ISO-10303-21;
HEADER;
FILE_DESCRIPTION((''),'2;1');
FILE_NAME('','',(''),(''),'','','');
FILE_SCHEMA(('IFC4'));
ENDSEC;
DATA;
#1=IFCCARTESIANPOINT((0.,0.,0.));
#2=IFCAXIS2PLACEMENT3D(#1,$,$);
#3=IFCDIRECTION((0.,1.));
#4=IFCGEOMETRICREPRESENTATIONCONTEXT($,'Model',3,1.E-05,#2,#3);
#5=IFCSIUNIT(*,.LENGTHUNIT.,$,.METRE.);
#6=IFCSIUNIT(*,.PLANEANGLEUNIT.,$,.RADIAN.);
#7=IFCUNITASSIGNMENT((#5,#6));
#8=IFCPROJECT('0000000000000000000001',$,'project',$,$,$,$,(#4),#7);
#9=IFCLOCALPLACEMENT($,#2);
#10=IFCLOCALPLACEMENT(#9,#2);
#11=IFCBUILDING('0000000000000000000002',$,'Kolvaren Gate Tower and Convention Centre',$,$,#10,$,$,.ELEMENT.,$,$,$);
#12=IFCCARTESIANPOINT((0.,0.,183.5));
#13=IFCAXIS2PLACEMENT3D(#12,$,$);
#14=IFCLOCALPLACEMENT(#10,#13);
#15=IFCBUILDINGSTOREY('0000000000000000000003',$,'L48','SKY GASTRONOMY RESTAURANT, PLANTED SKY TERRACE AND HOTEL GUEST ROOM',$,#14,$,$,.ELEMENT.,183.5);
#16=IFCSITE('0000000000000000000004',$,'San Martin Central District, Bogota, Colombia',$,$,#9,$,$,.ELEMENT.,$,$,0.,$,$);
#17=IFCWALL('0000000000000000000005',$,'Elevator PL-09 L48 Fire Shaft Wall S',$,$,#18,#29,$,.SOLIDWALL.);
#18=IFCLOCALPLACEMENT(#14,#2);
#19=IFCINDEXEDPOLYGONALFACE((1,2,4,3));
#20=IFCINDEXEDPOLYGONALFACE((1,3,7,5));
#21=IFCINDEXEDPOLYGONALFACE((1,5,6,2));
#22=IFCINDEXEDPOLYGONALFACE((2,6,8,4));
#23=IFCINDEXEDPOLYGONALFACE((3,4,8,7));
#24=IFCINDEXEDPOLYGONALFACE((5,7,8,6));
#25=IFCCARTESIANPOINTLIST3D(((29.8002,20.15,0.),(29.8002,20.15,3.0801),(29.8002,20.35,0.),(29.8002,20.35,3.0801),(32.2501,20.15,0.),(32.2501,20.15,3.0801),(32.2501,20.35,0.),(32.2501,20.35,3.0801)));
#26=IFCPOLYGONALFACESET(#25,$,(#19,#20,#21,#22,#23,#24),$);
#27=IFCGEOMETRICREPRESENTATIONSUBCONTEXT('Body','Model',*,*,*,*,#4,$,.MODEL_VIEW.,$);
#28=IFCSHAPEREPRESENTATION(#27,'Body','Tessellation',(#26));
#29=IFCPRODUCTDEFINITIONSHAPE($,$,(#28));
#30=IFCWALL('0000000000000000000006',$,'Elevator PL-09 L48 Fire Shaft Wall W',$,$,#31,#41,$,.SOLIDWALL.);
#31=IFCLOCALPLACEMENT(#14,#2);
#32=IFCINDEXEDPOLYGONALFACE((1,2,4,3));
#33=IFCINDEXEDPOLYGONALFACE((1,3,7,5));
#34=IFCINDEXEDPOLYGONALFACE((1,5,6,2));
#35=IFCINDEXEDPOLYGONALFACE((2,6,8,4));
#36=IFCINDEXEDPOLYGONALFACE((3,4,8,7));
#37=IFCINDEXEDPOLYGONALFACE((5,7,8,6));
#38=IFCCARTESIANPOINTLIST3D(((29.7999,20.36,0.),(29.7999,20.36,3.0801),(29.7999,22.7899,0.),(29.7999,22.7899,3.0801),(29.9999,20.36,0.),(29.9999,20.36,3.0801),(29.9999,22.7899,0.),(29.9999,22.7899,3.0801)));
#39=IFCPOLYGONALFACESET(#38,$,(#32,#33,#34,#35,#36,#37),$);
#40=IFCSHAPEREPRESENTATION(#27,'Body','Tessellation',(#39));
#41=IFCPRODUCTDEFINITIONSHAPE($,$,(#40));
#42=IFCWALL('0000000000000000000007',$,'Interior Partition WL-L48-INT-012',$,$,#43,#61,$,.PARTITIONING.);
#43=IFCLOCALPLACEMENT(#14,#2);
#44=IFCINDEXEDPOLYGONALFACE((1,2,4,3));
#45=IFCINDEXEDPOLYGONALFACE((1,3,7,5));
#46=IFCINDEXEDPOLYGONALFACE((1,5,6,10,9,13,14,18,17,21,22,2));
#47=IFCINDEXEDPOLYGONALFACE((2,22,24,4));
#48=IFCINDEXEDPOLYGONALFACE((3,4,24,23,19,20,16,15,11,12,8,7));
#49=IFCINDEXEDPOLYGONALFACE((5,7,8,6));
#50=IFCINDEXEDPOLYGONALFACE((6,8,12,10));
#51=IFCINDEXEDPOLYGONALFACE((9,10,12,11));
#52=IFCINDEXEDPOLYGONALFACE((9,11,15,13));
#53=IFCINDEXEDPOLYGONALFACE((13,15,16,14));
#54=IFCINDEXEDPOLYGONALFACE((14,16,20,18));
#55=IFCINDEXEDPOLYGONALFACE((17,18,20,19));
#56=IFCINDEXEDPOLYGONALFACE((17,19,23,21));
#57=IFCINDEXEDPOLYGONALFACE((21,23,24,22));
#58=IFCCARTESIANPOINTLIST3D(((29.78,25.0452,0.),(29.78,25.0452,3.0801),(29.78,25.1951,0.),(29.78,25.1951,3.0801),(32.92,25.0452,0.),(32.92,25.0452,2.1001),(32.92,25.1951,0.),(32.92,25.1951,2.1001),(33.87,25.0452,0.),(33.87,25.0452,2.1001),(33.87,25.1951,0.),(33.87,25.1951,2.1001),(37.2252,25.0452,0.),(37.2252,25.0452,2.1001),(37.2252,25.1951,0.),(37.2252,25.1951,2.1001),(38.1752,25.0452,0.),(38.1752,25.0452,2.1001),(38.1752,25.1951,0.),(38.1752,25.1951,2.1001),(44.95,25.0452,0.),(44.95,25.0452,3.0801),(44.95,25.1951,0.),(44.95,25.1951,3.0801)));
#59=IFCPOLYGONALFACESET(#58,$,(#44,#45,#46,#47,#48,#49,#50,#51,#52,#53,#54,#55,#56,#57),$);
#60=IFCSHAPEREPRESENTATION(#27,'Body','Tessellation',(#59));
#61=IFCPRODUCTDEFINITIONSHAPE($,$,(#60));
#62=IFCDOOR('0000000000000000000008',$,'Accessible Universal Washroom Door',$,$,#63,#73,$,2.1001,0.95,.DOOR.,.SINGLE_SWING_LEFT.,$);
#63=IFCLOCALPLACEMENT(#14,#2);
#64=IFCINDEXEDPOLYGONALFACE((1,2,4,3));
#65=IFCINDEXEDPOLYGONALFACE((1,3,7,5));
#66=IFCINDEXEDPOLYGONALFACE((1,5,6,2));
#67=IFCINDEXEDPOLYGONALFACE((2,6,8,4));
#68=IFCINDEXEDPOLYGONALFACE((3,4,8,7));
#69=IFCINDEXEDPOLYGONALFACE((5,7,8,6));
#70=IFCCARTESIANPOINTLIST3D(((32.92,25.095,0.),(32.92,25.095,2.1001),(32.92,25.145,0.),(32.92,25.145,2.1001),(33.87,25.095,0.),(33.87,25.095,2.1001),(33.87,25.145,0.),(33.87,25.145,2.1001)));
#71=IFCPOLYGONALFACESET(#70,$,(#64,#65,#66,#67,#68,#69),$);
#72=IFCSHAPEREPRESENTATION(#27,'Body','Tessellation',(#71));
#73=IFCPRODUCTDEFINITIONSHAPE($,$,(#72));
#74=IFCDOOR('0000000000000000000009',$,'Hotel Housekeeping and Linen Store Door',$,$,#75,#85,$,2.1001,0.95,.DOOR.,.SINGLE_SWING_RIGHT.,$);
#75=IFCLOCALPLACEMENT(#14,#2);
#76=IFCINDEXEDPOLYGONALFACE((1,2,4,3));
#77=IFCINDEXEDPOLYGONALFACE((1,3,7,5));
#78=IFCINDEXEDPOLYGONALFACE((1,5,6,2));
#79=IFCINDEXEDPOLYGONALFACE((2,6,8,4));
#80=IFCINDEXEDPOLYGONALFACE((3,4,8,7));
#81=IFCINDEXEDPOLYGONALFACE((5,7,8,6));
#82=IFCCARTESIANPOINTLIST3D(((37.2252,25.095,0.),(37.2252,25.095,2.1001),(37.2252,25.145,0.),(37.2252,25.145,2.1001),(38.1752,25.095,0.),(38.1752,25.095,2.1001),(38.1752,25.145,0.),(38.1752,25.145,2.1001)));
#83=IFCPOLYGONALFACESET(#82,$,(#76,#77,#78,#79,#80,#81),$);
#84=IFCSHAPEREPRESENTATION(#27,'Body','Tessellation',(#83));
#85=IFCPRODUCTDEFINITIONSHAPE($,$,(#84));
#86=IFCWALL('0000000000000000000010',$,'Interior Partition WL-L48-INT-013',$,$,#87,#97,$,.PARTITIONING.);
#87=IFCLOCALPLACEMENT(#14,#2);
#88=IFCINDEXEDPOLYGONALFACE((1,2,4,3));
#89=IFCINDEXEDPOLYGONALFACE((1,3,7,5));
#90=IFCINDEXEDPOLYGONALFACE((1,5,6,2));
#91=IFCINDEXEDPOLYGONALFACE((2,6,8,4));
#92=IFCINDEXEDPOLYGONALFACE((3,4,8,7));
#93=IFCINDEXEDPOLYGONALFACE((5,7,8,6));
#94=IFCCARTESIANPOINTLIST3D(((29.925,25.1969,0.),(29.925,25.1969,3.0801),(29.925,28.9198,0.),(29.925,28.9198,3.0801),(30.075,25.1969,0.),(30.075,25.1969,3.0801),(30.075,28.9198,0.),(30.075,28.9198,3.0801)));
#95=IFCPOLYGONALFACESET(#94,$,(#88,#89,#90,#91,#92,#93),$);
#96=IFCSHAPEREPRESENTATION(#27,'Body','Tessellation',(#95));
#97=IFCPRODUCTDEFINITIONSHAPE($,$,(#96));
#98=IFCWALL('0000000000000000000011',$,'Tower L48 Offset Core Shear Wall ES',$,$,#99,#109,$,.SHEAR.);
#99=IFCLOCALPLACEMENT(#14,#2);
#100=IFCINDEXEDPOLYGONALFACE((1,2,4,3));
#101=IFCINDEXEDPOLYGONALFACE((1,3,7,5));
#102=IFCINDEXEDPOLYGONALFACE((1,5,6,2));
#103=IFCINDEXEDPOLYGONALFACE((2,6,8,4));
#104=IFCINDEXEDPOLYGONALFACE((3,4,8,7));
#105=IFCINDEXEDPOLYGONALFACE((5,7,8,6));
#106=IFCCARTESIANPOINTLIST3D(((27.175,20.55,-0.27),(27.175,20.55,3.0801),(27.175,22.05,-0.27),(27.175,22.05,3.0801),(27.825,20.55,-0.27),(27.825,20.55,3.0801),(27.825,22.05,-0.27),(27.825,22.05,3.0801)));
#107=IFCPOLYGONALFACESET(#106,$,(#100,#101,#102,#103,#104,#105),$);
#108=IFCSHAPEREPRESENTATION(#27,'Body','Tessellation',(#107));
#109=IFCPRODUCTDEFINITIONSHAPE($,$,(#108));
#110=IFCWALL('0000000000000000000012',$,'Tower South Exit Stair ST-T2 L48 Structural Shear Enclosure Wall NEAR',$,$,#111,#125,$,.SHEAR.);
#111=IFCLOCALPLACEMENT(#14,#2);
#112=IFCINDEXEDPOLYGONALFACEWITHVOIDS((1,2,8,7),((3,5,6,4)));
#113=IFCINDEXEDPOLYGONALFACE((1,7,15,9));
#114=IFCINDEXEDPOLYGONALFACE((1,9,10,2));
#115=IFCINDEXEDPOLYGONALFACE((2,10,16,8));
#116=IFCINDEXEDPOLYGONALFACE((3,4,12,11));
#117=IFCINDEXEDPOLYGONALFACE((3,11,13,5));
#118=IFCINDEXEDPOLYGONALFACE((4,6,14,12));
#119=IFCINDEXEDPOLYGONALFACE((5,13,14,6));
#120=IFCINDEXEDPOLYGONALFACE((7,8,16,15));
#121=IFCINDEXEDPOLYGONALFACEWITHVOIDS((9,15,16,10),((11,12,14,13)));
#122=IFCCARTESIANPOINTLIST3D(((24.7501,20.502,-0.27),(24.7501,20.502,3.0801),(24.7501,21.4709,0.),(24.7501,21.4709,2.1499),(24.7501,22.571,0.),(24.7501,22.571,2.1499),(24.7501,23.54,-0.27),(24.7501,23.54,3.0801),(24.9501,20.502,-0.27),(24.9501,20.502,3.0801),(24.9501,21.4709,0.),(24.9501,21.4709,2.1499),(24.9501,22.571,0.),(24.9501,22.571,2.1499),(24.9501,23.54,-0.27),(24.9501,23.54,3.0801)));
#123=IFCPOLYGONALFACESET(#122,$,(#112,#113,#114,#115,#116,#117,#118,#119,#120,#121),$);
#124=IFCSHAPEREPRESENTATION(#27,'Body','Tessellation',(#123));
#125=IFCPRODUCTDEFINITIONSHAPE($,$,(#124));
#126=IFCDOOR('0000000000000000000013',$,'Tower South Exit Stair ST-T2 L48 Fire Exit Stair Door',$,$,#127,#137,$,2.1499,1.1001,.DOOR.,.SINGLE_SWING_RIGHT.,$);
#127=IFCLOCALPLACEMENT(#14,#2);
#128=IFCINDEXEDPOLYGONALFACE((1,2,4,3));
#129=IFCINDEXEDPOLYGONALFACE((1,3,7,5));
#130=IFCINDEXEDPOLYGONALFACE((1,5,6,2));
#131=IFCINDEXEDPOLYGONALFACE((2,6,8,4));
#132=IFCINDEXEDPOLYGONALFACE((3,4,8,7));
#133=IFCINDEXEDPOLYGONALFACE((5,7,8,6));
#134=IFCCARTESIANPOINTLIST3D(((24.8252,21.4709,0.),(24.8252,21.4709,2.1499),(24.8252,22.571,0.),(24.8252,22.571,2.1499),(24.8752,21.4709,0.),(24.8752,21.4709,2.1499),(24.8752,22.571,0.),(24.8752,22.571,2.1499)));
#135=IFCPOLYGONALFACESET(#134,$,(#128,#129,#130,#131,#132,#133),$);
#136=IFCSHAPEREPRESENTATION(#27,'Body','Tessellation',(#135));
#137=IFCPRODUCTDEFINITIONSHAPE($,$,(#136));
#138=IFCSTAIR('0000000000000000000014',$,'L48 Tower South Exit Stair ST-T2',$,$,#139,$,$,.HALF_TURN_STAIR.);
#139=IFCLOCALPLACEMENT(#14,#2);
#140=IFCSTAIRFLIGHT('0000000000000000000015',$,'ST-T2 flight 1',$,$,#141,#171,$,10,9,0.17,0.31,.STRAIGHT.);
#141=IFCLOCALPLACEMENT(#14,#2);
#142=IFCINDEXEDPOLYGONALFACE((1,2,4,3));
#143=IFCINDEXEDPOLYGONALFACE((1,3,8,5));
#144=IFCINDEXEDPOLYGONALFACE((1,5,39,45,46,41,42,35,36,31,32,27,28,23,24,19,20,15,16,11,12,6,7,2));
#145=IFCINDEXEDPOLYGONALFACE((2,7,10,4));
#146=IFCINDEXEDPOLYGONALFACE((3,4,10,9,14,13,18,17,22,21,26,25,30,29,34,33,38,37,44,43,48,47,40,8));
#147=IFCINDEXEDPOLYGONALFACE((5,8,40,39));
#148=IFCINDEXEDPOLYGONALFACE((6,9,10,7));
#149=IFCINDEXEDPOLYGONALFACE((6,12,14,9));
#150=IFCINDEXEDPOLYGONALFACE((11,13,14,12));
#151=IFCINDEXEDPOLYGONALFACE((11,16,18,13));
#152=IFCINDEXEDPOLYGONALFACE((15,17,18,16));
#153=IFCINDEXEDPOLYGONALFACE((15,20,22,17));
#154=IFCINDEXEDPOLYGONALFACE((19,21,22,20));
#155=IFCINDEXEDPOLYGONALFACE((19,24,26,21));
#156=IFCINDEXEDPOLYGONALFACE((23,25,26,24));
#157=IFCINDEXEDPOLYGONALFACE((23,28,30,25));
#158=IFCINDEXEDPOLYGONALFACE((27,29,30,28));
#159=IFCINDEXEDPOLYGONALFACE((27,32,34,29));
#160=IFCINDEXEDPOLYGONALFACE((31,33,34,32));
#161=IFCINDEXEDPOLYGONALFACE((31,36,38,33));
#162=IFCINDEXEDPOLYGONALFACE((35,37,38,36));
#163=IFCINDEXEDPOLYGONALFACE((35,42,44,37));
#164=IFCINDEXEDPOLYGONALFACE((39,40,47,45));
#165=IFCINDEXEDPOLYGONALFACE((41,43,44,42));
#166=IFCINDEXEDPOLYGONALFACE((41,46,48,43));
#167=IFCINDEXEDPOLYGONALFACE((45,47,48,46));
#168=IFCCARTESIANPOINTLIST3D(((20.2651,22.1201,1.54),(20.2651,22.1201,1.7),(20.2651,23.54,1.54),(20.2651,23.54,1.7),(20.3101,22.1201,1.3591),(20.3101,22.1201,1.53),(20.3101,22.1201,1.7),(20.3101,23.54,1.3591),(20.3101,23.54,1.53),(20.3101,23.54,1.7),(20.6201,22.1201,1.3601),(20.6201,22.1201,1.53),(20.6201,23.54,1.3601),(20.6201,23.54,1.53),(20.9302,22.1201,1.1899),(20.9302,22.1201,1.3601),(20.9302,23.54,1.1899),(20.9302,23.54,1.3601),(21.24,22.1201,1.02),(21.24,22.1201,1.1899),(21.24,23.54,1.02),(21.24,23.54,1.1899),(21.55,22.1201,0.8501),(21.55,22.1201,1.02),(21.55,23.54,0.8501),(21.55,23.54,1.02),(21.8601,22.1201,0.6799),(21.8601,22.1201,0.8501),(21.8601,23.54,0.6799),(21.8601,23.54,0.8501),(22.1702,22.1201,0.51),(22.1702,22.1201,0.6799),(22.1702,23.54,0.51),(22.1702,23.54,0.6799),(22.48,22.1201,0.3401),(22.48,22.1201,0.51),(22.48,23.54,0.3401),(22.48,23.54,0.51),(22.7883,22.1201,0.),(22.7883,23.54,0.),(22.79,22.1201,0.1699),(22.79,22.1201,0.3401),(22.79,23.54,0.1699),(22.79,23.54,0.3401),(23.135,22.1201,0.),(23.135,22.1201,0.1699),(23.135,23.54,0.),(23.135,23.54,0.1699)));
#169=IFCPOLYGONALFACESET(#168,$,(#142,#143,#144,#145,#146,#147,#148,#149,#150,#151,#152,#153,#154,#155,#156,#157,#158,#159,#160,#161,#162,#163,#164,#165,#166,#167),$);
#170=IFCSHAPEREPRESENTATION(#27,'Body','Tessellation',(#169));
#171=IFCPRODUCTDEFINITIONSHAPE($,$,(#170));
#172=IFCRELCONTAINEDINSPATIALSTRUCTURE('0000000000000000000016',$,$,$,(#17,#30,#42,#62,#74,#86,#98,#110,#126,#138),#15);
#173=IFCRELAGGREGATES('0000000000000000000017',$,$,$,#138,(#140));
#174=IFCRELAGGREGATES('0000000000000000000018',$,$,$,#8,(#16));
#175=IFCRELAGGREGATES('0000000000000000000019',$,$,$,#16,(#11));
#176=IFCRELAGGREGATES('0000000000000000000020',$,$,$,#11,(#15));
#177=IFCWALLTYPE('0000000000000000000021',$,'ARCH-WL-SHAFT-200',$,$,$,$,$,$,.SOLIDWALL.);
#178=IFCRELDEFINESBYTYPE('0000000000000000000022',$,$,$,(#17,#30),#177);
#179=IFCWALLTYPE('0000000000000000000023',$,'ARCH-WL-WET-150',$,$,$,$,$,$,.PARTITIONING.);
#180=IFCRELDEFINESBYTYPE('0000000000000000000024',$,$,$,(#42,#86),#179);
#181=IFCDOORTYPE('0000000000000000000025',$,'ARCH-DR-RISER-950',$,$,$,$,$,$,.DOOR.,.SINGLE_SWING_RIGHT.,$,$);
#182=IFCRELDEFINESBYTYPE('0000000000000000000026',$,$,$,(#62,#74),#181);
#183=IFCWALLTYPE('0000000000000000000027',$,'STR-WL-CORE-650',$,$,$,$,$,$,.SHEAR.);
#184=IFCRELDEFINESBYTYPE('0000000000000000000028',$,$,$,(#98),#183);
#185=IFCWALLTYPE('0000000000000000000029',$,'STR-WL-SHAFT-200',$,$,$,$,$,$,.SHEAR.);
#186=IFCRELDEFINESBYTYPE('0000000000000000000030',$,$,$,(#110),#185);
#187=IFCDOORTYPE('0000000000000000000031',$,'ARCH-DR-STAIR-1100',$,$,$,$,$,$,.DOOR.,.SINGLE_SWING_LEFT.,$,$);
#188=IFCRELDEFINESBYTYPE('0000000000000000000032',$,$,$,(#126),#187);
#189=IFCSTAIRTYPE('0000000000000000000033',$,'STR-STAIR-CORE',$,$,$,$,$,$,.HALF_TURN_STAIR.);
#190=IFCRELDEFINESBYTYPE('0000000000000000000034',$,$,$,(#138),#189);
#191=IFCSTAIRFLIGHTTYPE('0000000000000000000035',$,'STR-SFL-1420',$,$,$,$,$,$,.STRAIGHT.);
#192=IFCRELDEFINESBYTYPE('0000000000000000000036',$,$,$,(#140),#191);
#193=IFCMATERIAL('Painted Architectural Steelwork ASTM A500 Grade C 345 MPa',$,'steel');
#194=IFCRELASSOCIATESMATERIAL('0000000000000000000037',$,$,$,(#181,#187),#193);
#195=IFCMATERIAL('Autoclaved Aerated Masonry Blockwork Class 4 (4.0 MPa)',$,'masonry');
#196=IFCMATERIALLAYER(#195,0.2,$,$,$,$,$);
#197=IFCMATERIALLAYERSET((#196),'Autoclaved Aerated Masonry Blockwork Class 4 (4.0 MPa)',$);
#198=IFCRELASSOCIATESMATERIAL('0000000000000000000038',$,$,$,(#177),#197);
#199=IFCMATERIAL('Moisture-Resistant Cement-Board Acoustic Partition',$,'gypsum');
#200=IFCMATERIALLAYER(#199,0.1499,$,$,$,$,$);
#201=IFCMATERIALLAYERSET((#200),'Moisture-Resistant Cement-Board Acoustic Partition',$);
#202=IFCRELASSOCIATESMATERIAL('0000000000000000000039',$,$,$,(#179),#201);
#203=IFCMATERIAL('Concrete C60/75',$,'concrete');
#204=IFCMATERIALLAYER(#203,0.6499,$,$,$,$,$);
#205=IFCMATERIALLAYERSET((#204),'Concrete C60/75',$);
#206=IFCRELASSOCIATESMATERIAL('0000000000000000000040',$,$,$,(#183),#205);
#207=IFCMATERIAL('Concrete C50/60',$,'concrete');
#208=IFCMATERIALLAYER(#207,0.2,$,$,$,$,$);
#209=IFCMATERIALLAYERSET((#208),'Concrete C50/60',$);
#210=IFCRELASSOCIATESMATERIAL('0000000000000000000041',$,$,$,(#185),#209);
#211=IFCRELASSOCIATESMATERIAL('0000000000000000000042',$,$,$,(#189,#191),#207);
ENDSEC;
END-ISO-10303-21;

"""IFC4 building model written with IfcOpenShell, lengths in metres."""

from ifc_helpers import new_model, si_unit, direction, frame, frame_2d, origin, place, context, subcontext, project, spatial, polyline, rectangle, outline, extrude, material, layer, layer_set, type_object, element, fill, aggregate, save


model = new_model("IFC4")

# Units and contexts
model_context = context("Model", 3, precision=1e-05, world=origin(), true_north=direction((0.0, 1.0)))
body_context = subcontext(model_context, "Body", "Model", "MODEL_VIEW")
ifc_project = project(units=[si_unit("LENGTHUNIT", "METRE"), si_unit("PLANEANGLEUNIT", "RADIAN")], contexts=[model_context])

# Site, building, storey
site_placement = place(None, origin())
site = spatial("IfcSite", under=ifc_project, at=site_placement, Name="San Martin Central District, Bogota, Colombia", CompositionType="ELEMENT", RefElevation=0.0)
building_placement = place(site_placement, origin())
building = spatial("IfcBuilding", under=site, at=building_placement, Name="Kolvaren Gate Tower and Convention Centre", CompositionType="ELEMENT")
storey_placement = place(building_placement, frame((0.0, 0.0, 183.5)))
storey = spatial("IfcBuildingStorey", under=building, at=storey_placement, Name="L48", Description="SKY GASTRONOMY RESTAURANT, PLANTED SKY TERRACE AND HOTEL GUEST ROOM", CompositionType="ELEMENT", Elevation=183.5)

# Shared definitions
ifc_material_1 = material(Name="Autoclaved Aerated Masonry Blockwork Class 4 (4.0 MPa)", Category="masonry")

# Shared definitions
ifc_material_2 = material(Name="Painted Architectural Steelwork ASTM A500 Grade C 345 MPa", Category="steel")
door_type_1 = type_object("IfcDoorType", Name="ARCH-DR-RISER-950", OperationType="SINGLE_SWING_RIGHT", PredefinedType="DOOR", material=ifc_material_2)

# Shared definitions
ifc_layer_1 = layer(ifc_material_1, 0.2)
ifc_layer_set_1 = layer_set([ifc_layer_1], Name="Autoclaved Aerated Masonry Blockwork Class 4 (4.0 MPa)")
wall_type_1 = type_object("IfcWallType", Name="ARCH-WL-SHAFT-200", PredefinedType="SOLIDWALL", material=ifc_layer_set_1)

# Walls
for number, where, z_axis, x_axis, name in (
    (1, (29.8, 20.25, 0.0), (0.0, 0.0, 1.0), (1.0, 0.0, 0.0), "Elevator PL-09 L48 Fire Shaft Wall S"),
):
    element("IfcWall", number, at=place(storey_placement, frame(where, z_axis=z_axis, x_axis=x_axis)), inside=storey, type_object=wall_type_1, Name=name, PredefinedType="SOLIDWALL", context=body_context, shape_type="SweptSolid", body=[
        extrude(rectangle(XDim=2.45, YDim=0.2, at=frame_2d((1.2251, 0.0))), origin(), (0.0, 0.0, 1.0), 3.0801),
    ])
wall_1_placement = place(storey_placement, frame((29.8999, 20.3601, 0.0), z_axis=(0.0, 0.0, 1.0), x_axis=(0.0, 1.0, 0.0)))
element("IfcWall", 2, at=wall_1_placement, inside=storey, type_object=wall_type_1, Name="Elevator PL-09 L48 Fire Shaft Wall W", PredefinedType="SOLIDWALL", context=body_context, shape_type="SweptSolid", body=[
    extrude(rectangle(XDim=2.4299, YDim=0.2, at=frame_2d((1.2148, 0.0))), origin(), (0.0, 0.0, 1.0), 3.0801),
])

# Wall, openings, doors
ifc_material_3 = material(Name="Moisture-Resistant Cement-Board Acoustic Partition", Category="gypsum")
ifc_layer_2 = layer(ifc_material_3, 0.1499)
ifc_layer_set_2 = layer_set([ifc_layer_2], Name="Moisture-Resistant Cement-Board Acoustic Partition")
wall_type_2 = type_object("IfcWallType", Name="ARCH-WL-WET-150", PredefinedType="PARTITIONING", material=ifc_layer_set_2)
wall_2_placement = place(storey_placement, frame((29.78, 25.1201, 0.0), z_axis=(0.0, 0.0, 1.0), x_axis=(1.0, 0.0, 0.0)))
wall_2 = element("IfcWall", 3, at=wall_2_placement, inside=storey, type_object=wall_type_2, Name="Interior Partition WL-L48-INT-012", PredefinedType="PARTITIONING", context=body_context, shape_type="SweptSolid", body=[
    extrude(rectangle(XDim=15.1699, YDim=0.1499, at=frame_2d((7.585, 0.0))), origin(), (0.0, 0.0, 1.0), 3.0801),
])
opening_1_placement = place(wall_2_placement, frame((3.1399, 0.0, 0.0)))
opening_1 = element("IfcOpeningElement", 4, at=opening_1_placement, cuts=wall_2, PredefinedType="OPENING", context=body_context, shape_type="SweptSolid", body=[
    extrude(rectangle(XDim=0.95, YDim=2.1001, at=frame_2d((0.4751, 1.05))), frame((0.0, 0.085, 0.0), z_axis=(0.0, -1.0, 0.0), x_axis=(1.0, 0.0, 0.0)), (0.0, 0.0, 1.0), 0.1699),
])
opening_2_placement = place(wall_2_placement, frame((7.4451, 0.0, 0.0)))
opening_2 = element("IfcOpeningElement", 5, at=opening_2_placement, cuts=wall_2, PredefinedType="OPENING", context=body_context, shape_type="SweptSolid", body=[
    extrude(rectangle(XDim=0.95, YDim=2.1001, at=frame_2d((0.4751, 1.05))), frame((0.0, 0.085, 0.0), z_axis=(0.0, -1.0, 0.0), x_axis=(1.0, 0.0, 0.0)), (0.0, 0.0, 1.0), 0.1699),
])
door_1_placement = place(opening_1_placement, origin())
door_1 = element("IfcDoor", 6, at=door_1_placement, inside=storey, type_object=door_type_1, Name="Accessible Universal Washroom Door", OperationType="SINGLE_SWING_LEFT", OverallHeight=2.1001, OverallWidth=0.95, PredefinedType="DOOR", context=body_context, shape_type="SweptSolid", body=[
    extrude(rectangle(XDim=0.95, YDim=2.1001, at=frame_2d((0.4751, 1.05))), frame((0.0, 0.0249, 0.0), z_axis=(0.0, -1.0, 0.0), x_axis=(1.0, 0.0, 0.0)), (0.0, 0.0, 1.0), 0.05),
])
fill(opening_1, door_1)
door_2_placement = place(opening_2_placement, origin())
door_2 = element("IfcDoor", 7, at=door_2_placement, inside=storey, type_object=door_type_1, Name="Hotel Housekeeping and Linen Store Door", OperationType="SINGLE_SWING_RIGHT", OverallHeight=2.1001, OverallWidth=0.95, PredefinedType="DOOR", context=body_context, shape_type="SweptSolid", body=[
    extrude(rectangle(XDim=0.95, YDim=2.1001, at=frame_2d((0.4751, 1.05))), frame((0.0, 0.0249, 0.0), z_axis=(0.0, -1.0, 0.0), x_axis=(1.0, 0.0, 0.0)), (0.0, 0.0, 1.0), 0.05),
])
fill(opening_2, door_2)

# Walls
wall_3_placement = place(storey_placement, frame((30.0, 25.197, 0.0), z_axis=(0.0, 0.0, 1.0), x_axis=(0.0, 1.0, 0.0)))
element("IfcWall", 8, at=wall_3_placement, inside=storey, type_object=wall_type_2, Name="Interior Partition WL-L48-INT-013", PredefinedType="PARTITIONING", context=body_context, shape_type="SweptSolid", body=[
    extrude(rectangle(XDim=3.7229, YDim=0.1499, at=frame_2d((1.8613, 0.0))), origin(), (0.0, 0.0, 1.0), 3.0801),
])
ifc_material_4 = material(Name="Concrete C60/75", Category="concrete")
ifc_layer_3 = layer(ifc_material_4, 0.6499)
ifc_layer_set_3 = layer_set([ifc_layer_3], Name="Concrete C60/75")
wall_type_3 = type_object("IfcWallType", Name="STR-WL-CORE-650", PredefinedType="SHEAR", material=ifc_layer_set_3)
wall_4_placement = place(storey_placement, frame((27.5, 20.55, -0.27), z_axis=(0.0, 0.0, 1.0), x_axis=(0.0, 1.0, 0.0)))
element("IfcWall", 9, at=wall_4_placement, inside=storey, type_object=wall_type_3, Name="Tower L48 Offset Core Shear Wall ES", PredefinedType="SHEAR", context=body_context, shape_type="SweptSolid", body=[
    extrude(rectangle(XDim=1.5, YDim=0.6499, at=frame_2d((0.75, 0.0))), origin(), (0.0, 0.0, 1.0), 3.3501),
])

# Wall, opening, door
ifc_material_5 = material(Name="Concrete C50/60", Category="concrete")
ifc_layer_4 = layer(ifc_material_5, 0.2)
ifc_layer_set_4 = layer_set([ifc_layer_4], Name="Concrete C50/60")
wall_type_4 = type_object("IfcWallType", Name="STR-WL-SHAFT-200", PredefinedType="SHEAR", material=ifc_layer_set_4)
wall_5_placement = place(storey_placement, frame((24.8501, 20.502, -0.27), z_axis=(0.0, 0.0, 1.0), x_axis=(0.0, 1.0, 0.0)))
wall_5 = element("IfcWall", 10, at=wall_5_placement, inside=storey, type_object=wall_type_4, Name="Tower South Exit Stair ST-T2 L48 Structural Shear Enclosure Wall NEAR", PredefinedType="SHEAR", context=body_context, shape_type="SweptSolid", body=[
    extrude(rectangle(XDim=3.0381, YDim=0.2, at=frame_2d((1.519, 0.0))), origin(), (0.0, 0.0, 1.0), 3.3501),
])
opening_3_placement = place(wall_5_placement, frame((0.969, 0.0, 0.27)))
opening_3 = element("IfcOpeningElement", 11, at=opening_3_placement, cuts=wall_5, PredefinedType="OPENING", context=body_context, shape_type="SweptSolid", body=[
    extrude(rectangle(XDim=1.1001, YDim=2.1499, at=frame_2d((0.55, 1.075))), frame((0.0, 0.1099, 0.0), z_axis=(0.0, -1.0, 0.0), x_axis=(1.0, 0.0, 0.0)), (0.0, 0.0, 1.0), 0.22),
])
door_type_2 = type_object("IfcDoorType", Name="ARCH-DR-STAIR-1100", OperationType="SINGLE_SWING_LEFT", PredefinedType="DOOR", material=ifc_material_2)
door_3_placement = place(opening_3_placement, origin())
door_3 = element("IfcDoor", 12, at=door_3_placement, inside=storey, type_object=door_type_2, Name="Tower South Exit Stair ST-T2 L48 Fire Exit Stair Door", OperationType="SINGLE_SWING_RIGHT", OverallHeight=2.1499, OverallWidth=1.1001, PredefinedType="DOOR", context=body_context, shape_type="SweptSolid", body=[
    extrude(rectangle(XDim=1.1001, YDim=2.1499, at=frame_2d((0.55, 1.075))), frame((0.0, 0.0249, 0.0), z_axis=(0.0, -1.0, 0.0), x_axis=(1.0, 0.0, 0.0)), (0.0, 0.0, 1.0), 0.05),
])
fill(opening_3, door_3)

# Stair, stair flight
stair_type = type_object("IfcStairType", Name="STR-STAIR-CORE", PredefinedType="HALF_TURN_STAIR", material=ifc_material_5)
stair_placement = place(storey_placement, origin())
stair = element("IfcStair", 13, at=stair_placement, inside=storey, type_object=stair_type, Name="L48 Tower South Exit Stair ST-T2", PredefinedType="HALF_TURN_STAIR")
stair_flight_type = type_object("IfcStairFlightType", Name="STR-SFL-1420", PredefinedType="STRAIGHT", material=ifc_material_5)
stair_flight_1_placement = place(storey_placement, frame((23.1001, 22.8301, 0.0), z_axis=(0.0, 0.0, 1.0), x_axis=(-1.0, 0.0, 0.0)))
stair_flight_1 = element("IfcStairFlight", 14, at=stair_flight_1_placement, type_object=stair_flight_type, Name="ST-T2 flight 1", NumberOfRisers=10, NumberOfTreads=9, PredefinedType="STRAIGHT", RiserHeight=0.17, TreadLength=0.31, context=body_context, shape_type="SweptSolid", body=[
    extrude(outline(polyline([(-0.0349, 0.0), (-0.0349, 0.1699), (0.3101, 0.1699), (0.3101, 0.3401), (0.6201, 0.3401), (0.6201, 0.51), (0.9299, 0.51), (0.9299, 0.6799), (1.24, 0.6799), (1.24, 0.8501), (1.55, 0.8501), (1.55, 1.02), (1.8601, 1.02), (1.8601, 1.1899), (2.1699, 1.1899), (2.1699, 1.3601), (2.48, 1.3601), (2.48, 1.53), (2.79, 1.53), (2.79, 1.7), (2.835, 1.7), (2.835, 1.54), (2.79, 1.3591), (0.3118, 0.0), (-0.0349, 0.0)])), frame((0.0, 0.71, 0.0), z_axis=(0.0, -1.0, 0.0), x_axis=(1.0, 0.0, 0.0)), (0.0, 0.0, 1.0), 1.4199),
])
aggregate(stair, [stair_flight_1])

save(model, "model.ifc")
